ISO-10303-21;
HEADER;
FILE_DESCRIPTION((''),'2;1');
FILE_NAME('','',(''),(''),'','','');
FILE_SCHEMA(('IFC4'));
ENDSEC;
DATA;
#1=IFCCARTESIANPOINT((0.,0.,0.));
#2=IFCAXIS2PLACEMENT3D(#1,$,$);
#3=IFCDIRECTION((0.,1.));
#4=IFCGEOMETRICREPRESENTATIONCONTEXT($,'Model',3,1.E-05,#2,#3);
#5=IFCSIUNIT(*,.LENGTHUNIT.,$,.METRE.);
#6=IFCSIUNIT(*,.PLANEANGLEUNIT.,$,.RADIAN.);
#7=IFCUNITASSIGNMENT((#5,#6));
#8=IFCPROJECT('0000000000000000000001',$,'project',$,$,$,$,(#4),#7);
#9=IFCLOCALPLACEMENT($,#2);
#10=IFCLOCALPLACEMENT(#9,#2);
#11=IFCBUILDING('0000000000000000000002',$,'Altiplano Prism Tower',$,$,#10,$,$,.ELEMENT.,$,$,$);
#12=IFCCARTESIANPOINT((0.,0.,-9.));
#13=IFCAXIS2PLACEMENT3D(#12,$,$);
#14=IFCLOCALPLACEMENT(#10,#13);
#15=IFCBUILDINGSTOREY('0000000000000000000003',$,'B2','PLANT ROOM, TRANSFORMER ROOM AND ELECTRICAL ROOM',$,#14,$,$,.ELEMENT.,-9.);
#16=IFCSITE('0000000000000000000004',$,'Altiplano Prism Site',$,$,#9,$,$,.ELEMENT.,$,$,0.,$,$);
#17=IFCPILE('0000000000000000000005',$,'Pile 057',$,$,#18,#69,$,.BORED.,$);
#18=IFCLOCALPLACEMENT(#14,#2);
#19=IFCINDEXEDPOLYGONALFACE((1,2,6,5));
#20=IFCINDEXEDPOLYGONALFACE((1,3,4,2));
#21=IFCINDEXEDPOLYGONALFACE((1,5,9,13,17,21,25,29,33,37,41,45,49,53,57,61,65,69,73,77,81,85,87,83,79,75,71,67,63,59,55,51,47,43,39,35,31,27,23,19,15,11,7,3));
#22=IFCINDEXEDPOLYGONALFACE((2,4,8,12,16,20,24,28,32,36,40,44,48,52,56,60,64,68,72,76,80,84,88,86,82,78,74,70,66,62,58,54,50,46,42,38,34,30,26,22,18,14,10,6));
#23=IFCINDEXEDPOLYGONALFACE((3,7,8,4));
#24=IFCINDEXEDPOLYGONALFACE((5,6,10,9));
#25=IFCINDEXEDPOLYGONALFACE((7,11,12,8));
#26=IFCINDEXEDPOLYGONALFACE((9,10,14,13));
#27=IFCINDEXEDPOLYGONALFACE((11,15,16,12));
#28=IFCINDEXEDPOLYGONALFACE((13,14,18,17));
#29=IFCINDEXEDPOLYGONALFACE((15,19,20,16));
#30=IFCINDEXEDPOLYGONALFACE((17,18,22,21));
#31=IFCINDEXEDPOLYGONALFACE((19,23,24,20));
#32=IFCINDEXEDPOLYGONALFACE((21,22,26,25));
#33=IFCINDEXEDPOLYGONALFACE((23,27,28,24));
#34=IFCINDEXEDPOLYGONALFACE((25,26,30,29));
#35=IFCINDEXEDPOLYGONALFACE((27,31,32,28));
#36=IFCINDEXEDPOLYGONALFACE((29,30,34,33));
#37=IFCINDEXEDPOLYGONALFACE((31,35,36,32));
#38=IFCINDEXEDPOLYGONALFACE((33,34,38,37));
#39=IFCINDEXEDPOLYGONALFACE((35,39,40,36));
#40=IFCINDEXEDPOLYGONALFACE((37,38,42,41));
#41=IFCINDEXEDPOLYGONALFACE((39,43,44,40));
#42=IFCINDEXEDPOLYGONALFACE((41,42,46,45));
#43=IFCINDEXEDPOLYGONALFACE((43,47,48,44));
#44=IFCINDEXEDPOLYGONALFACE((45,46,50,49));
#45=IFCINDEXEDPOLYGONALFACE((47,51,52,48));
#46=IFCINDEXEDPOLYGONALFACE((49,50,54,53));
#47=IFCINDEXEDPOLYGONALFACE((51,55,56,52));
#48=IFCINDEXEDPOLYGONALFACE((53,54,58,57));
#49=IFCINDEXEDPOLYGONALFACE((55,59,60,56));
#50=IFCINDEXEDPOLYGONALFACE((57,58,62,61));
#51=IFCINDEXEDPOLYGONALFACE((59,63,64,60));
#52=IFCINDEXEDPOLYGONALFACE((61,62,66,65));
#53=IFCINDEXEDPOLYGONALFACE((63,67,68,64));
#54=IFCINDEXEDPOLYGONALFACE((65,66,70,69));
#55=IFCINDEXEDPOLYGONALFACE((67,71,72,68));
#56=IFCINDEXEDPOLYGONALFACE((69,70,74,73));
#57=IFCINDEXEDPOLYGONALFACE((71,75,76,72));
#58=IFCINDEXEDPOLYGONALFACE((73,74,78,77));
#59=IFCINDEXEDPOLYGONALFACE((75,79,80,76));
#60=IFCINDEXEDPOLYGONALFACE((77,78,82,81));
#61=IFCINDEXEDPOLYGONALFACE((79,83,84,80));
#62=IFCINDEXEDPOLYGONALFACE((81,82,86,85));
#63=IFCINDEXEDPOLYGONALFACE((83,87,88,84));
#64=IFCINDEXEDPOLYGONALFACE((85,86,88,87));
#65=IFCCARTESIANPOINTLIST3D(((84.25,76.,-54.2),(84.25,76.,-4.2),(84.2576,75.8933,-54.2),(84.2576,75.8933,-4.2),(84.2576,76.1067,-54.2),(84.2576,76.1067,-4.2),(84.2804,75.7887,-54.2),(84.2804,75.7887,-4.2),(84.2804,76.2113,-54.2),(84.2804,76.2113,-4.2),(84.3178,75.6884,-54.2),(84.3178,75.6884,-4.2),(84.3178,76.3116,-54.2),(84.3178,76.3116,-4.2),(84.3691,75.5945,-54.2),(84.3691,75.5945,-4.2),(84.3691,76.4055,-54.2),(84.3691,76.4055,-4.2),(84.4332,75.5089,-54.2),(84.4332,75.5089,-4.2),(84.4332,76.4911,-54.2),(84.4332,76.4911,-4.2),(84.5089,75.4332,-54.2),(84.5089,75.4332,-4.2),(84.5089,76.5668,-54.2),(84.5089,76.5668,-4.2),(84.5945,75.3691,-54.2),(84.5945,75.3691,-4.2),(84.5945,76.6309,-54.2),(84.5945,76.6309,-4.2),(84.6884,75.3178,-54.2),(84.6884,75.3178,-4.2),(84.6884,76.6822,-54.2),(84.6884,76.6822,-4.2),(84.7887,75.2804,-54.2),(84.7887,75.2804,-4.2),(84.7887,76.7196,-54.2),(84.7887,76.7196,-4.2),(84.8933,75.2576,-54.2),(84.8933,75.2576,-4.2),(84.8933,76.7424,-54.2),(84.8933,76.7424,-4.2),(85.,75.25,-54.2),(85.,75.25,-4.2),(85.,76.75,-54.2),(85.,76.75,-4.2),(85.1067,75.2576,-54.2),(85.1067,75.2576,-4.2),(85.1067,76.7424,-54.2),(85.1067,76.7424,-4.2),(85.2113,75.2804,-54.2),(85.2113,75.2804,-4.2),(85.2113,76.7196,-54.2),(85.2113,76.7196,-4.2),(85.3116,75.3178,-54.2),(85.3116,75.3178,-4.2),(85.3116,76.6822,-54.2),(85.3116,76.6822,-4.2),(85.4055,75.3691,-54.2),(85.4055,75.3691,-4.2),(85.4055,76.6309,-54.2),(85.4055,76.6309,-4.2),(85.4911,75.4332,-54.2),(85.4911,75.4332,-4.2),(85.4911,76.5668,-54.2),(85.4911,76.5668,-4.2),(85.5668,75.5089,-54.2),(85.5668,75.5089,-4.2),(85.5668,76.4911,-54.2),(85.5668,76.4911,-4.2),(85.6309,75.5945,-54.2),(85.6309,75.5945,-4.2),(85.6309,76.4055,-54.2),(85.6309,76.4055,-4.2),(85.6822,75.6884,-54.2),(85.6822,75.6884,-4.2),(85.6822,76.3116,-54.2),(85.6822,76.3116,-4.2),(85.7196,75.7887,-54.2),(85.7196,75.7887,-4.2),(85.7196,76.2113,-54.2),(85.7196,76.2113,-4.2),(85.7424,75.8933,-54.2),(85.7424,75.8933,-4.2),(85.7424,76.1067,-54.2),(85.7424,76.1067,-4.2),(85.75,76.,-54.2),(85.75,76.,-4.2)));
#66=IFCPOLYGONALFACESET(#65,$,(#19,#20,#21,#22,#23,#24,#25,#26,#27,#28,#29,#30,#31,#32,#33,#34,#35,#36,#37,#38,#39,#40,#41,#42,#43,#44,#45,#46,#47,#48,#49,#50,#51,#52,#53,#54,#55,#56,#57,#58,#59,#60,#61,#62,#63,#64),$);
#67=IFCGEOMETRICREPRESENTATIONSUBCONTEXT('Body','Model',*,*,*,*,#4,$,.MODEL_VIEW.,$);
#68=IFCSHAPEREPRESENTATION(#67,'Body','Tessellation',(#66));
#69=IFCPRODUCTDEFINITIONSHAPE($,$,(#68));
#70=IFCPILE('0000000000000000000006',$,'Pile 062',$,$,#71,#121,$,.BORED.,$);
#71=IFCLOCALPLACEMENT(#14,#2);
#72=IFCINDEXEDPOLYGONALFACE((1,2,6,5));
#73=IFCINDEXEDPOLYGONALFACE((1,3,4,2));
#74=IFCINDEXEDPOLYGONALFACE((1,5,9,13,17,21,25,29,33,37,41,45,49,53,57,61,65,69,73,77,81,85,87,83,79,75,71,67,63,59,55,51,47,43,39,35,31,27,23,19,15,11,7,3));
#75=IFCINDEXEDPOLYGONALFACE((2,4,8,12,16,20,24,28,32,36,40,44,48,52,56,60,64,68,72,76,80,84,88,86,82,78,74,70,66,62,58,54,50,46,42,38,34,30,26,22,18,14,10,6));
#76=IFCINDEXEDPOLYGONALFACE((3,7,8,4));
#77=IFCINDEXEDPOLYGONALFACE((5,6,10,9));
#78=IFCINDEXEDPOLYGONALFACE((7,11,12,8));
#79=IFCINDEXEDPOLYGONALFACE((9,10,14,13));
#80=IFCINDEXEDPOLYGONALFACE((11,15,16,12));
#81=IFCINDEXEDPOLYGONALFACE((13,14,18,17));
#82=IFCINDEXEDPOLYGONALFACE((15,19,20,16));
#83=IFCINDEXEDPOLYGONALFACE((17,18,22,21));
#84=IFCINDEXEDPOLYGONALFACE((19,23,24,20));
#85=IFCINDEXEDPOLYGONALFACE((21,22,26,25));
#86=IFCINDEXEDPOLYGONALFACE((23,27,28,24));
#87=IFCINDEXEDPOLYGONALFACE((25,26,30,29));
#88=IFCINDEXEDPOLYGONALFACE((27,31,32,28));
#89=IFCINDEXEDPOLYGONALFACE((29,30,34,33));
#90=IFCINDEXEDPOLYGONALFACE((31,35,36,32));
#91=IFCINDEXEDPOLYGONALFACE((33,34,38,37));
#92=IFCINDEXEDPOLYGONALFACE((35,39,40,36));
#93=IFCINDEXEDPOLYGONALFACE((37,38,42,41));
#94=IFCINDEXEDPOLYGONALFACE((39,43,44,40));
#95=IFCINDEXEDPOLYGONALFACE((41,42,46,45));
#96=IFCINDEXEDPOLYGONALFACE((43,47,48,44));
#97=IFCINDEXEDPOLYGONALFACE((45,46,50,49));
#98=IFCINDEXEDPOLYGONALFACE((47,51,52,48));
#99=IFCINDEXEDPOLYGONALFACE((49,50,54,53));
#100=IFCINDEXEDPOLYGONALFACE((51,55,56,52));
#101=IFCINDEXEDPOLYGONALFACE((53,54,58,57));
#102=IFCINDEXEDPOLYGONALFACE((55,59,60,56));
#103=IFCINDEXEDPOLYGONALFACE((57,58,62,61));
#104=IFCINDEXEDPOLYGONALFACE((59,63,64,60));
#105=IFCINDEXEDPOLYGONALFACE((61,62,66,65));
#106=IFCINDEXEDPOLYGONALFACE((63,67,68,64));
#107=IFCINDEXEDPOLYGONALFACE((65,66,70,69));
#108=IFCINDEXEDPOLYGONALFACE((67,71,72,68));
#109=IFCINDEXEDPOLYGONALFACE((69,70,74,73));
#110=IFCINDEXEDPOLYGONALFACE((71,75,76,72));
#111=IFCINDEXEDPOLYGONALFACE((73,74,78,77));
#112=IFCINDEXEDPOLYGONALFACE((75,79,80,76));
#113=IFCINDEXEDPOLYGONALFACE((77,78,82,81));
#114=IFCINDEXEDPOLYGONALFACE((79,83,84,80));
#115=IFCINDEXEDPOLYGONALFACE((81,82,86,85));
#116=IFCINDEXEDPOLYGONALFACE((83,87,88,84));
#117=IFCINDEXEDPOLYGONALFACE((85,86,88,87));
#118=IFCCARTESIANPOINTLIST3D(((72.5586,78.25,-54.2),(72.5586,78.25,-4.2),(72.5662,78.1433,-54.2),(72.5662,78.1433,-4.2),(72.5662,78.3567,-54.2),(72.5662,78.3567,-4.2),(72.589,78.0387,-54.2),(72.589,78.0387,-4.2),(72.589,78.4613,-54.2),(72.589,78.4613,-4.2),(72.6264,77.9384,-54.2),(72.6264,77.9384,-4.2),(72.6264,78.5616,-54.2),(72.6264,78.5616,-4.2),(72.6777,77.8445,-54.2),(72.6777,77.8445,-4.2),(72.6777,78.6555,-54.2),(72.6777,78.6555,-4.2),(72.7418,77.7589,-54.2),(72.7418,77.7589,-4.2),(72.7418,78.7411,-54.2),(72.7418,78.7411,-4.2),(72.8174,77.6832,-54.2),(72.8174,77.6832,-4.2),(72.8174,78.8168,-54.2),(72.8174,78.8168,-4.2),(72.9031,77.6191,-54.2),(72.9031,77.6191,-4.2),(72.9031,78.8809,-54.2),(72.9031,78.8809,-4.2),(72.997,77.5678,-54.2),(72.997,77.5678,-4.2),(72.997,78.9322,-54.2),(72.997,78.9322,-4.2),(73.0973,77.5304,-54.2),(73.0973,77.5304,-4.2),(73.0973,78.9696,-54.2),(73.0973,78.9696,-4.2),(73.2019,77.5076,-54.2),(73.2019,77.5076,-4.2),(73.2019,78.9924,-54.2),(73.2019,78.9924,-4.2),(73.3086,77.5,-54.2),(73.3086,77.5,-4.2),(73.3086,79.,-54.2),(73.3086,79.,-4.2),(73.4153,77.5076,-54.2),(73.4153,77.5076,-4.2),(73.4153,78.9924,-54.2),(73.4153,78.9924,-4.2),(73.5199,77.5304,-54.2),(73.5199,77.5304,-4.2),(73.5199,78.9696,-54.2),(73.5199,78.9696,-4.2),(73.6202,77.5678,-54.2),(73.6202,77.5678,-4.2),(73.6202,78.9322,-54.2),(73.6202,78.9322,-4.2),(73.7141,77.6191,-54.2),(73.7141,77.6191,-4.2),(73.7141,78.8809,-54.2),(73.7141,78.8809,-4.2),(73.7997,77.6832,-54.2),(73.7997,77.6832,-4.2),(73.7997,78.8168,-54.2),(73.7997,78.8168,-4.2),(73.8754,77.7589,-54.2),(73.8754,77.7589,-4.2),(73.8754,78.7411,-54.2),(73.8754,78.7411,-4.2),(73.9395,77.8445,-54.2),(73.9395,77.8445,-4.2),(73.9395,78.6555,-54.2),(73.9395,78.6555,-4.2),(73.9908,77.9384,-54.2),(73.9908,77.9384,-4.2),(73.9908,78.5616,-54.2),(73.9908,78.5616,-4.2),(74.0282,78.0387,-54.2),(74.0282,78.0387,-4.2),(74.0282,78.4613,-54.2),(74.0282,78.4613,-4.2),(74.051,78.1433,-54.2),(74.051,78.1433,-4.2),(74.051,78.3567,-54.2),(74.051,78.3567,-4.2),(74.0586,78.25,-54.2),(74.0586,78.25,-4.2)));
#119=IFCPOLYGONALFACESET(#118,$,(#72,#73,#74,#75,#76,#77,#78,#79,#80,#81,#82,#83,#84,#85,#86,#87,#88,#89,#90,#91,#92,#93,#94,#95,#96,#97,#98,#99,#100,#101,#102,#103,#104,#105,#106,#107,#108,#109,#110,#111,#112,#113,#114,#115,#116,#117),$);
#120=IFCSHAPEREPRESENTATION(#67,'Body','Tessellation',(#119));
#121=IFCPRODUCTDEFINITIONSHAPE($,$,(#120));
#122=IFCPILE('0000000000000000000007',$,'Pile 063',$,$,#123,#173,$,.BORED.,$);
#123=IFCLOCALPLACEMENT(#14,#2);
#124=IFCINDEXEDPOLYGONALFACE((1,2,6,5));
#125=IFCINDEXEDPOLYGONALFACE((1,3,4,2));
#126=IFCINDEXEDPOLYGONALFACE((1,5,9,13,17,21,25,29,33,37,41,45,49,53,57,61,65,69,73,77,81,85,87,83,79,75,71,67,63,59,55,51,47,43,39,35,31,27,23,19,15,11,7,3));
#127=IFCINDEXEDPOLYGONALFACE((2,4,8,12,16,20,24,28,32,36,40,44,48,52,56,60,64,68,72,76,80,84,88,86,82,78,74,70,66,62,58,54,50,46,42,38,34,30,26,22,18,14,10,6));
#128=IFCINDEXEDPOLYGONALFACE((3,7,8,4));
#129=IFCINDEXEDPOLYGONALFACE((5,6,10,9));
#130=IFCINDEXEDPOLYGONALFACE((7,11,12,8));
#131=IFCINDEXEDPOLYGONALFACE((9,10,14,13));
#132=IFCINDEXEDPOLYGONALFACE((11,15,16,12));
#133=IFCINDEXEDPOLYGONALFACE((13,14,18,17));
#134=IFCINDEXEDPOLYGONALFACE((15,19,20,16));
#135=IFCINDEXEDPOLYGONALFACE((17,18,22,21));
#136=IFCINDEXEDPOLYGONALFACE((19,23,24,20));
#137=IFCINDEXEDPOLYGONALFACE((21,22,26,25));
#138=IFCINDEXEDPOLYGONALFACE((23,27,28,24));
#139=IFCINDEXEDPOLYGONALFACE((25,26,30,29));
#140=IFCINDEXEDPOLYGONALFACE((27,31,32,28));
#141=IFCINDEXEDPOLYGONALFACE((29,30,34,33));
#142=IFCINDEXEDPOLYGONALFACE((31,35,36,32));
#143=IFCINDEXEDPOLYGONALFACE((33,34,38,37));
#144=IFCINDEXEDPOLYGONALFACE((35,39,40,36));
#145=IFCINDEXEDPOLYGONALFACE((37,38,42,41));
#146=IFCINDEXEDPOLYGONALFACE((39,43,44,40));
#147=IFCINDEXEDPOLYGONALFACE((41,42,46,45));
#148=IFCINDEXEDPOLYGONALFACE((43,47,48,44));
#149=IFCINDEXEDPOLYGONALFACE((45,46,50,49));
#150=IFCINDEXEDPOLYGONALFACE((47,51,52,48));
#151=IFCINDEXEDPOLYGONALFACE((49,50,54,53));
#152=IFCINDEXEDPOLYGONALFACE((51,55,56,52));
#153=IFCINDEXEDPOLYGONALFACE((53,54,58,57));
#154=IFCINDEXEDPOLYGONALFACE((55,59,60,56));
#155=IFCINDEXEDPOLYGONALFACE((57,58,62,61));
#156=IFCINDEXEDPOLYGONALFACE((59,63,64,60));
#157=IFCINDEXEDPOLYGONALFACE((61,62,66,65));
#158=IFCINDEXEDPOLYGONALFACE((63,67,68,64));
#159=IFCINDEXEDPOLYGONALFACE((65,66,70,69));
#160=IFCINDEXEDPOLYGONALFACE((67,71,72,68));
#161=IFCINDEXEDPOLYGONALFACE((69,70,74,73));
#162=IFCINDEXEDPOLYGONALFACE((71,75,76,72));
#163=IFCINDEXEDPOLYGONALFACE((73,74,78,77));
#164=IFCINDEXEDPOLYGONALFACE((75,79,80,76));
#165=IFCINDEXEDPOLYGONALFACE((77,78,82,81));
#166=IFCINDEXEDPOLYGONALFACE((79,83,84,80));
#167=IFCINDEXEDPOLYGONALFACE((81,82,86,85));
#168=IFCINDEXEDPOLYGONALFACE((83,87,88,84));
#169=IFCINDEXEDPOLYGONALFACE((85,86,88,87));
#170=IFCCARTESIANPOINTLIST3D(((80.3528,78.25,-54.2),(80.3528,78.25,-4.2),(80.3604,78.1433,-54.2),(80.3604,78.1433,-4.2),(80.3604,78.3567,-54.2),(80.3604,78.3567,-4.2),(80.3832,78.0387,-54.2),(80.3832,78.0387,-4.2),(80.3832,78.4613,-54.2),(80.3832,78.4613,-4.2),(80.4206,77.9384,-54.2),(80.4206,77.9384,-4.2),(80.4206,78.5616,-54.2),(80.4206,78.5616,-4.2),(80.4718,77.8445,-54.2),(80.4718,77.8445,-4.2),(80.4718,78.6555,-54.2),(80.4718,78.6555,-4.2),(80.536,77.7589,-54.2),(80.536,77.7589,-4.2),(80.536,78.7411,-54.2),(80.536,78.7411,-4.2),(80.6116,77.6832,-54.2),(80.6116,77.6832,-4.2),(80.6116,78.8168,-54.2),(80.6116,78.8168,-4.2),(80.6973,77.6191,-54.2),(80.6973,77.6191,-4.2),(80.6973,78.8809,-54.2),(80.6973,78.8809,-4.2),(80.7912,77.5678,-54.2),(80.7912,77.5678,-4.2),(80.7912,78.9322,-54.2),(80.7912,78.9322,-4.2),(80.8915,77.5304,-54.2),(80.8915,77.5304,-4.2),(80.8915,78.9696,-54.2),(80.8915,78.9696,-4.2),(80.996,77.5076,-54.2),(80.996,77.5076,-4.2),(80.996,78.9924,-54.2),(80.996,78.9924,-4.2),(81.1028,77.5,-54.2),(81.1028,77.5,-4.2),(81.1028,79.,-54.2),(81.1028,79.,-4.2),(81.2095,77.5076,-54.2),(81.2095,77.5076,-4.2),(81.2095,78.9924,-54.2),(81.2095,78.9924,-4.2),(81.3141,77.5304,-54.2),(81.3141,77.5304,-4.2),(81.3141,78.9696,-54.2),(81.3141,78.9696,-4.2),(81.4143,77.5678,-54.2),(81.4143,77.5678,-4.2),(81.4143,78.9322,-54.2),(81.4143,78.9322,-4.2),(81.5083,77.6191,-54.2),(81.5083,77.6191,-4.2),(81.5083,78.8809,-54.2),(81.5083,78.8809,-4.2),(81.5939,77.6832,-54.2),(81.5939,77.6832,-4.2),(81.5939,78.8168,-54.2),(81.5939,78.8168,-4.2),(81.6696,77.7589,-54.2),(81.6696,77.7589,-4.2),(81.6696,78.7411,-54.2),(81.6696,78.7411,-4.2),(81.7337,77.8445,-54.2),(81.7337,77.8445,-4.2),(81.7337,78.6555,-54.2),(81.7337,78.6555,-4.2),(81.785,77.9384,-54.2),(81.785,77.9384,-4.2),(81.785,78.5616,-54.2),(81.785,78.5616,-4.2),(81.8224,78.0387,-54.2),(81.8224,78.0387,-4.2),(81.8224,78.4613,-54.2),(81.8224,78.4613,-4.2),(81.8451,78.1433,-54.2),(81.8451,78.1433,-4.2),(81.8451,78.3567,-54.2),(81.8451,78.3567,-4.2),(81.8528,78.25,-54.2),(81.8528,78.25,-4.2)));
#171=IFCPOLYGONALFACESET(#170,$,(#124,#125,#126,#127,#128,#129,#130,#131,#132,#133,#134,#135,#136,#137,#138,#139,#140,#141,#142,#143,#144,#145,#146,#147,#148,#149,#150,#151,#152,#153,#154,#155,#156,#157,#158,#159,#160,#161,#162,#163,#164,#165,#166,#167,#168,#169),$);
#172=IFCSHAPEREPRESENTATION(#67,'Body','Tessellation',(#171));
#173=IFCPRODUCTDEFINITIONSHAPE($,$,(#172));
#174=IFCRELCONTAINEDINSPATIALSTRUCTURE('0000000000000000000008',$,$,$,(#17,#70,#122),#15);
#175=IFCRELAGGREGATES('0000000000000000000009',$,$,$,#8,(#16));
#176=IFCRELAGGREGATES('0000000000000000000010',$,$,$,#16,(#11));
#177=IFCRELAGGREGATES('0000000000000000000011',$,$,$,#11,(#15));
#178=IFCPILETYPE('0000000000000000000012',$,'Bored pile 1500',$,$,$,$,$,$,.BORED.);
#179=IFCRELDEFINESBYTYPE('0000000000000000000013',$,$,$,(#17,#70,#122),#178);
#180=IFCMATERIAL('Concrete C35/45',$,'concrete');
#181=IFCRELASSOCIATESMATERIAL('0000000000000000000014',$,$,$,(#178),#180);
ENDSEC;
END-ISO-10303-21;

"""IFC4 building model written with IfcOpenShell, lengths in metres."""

from ifc_helpers import new_model, si_unit, direction, frame, origin, origin_2d, place, context, subcontext, project, spatial, circle, extrude, material, material_profile, profile_set, type_object, element, save


model = new_model("IFC4")

# Units and contexts
model_context = context("Model", 3, precision=1e-05, world=origin(), true_north=direction((0.0, 1.0)))
body_context = subcontext(model_context, "Body", "Model", "MODEL_VIEW")
ifc_project = project(units=[si_unit("LENGTHUNIT", "METRE"), si_unit("PLANEANGLEUNIT", "RADIAN")], contexts=[model_context])

# Site, building, storey
site_placement = place(None, origin())
site = spatial("IfcSite", under=ifc_project, at=site_placement, Name="Altiplano Prism Site", CompositionType="ELEMENT", RefElevation=0.0)
building_placement = place(site_placement, origin())
building = spatial("IfcBuilding", under=site, at=building_placement, Name="Altiplano Prism Tower", CompositionType="ELEMENT")
storey_placement = place(building_placement, frame((0.0, 0.0, -9.0)))
storey = spatial("IfcBuildingStorey", under=building, at=storey_placement, Name="B2", Description="PLANT ROOM, TRANSFORMER ROOM AND ELECTRICAL ROOM", CompositionType="ELEMENT", Elevation=-9.0)

# Piles
ifc_material_1 = material(Name="Concrete C35/45", Category="concrete")
ifc_material_profile_1 = material_profile(ifc_material_1, circle(Radius=0.75, at=origin_2d()), Name="Bored pile 1500")
ifc_profile_set_1 = profile_set([ifc_material_profile_1], Name="Concrete C35/45")
pile_type = type_object("IfcPileType", Name="Bored pile 1500", PredefinedType="BORED", material=ifc_profile_set_1)
for number, where, z_axis, x_axis, name in (
    (1, (85.0, 76.0, -4.2), (0.0, 0.0, -1.0), (1.0, 0.0, 0.0), "Pile 057"),
    (2, (73.3086, 78.25, -4.2), (0.0, 0.0, -1.0), (1.0, 0.0, 0.0), "Pile 062"),
    (3, (81.1028, 78.25, -4.2), (0.0, 0.0, -1.0), (1.0, 0.0, 0.0), "Pile 063"),
):
    element("IfcPile", number, at=place(storey_placement, frame(where, z_axis=z_axis, x_axis=x_axis)), inside=storey, type_object=pile_type, Name=name, PredefinedType="BORED", context=body_context, shape_type="SweptSolid", body=[
        extrude(circle(Radius=0.75, at=origin_2d()), origin(), (0.0, 0.0, 1.0), 50.0),
    ])

save(model, "model.ifc")
